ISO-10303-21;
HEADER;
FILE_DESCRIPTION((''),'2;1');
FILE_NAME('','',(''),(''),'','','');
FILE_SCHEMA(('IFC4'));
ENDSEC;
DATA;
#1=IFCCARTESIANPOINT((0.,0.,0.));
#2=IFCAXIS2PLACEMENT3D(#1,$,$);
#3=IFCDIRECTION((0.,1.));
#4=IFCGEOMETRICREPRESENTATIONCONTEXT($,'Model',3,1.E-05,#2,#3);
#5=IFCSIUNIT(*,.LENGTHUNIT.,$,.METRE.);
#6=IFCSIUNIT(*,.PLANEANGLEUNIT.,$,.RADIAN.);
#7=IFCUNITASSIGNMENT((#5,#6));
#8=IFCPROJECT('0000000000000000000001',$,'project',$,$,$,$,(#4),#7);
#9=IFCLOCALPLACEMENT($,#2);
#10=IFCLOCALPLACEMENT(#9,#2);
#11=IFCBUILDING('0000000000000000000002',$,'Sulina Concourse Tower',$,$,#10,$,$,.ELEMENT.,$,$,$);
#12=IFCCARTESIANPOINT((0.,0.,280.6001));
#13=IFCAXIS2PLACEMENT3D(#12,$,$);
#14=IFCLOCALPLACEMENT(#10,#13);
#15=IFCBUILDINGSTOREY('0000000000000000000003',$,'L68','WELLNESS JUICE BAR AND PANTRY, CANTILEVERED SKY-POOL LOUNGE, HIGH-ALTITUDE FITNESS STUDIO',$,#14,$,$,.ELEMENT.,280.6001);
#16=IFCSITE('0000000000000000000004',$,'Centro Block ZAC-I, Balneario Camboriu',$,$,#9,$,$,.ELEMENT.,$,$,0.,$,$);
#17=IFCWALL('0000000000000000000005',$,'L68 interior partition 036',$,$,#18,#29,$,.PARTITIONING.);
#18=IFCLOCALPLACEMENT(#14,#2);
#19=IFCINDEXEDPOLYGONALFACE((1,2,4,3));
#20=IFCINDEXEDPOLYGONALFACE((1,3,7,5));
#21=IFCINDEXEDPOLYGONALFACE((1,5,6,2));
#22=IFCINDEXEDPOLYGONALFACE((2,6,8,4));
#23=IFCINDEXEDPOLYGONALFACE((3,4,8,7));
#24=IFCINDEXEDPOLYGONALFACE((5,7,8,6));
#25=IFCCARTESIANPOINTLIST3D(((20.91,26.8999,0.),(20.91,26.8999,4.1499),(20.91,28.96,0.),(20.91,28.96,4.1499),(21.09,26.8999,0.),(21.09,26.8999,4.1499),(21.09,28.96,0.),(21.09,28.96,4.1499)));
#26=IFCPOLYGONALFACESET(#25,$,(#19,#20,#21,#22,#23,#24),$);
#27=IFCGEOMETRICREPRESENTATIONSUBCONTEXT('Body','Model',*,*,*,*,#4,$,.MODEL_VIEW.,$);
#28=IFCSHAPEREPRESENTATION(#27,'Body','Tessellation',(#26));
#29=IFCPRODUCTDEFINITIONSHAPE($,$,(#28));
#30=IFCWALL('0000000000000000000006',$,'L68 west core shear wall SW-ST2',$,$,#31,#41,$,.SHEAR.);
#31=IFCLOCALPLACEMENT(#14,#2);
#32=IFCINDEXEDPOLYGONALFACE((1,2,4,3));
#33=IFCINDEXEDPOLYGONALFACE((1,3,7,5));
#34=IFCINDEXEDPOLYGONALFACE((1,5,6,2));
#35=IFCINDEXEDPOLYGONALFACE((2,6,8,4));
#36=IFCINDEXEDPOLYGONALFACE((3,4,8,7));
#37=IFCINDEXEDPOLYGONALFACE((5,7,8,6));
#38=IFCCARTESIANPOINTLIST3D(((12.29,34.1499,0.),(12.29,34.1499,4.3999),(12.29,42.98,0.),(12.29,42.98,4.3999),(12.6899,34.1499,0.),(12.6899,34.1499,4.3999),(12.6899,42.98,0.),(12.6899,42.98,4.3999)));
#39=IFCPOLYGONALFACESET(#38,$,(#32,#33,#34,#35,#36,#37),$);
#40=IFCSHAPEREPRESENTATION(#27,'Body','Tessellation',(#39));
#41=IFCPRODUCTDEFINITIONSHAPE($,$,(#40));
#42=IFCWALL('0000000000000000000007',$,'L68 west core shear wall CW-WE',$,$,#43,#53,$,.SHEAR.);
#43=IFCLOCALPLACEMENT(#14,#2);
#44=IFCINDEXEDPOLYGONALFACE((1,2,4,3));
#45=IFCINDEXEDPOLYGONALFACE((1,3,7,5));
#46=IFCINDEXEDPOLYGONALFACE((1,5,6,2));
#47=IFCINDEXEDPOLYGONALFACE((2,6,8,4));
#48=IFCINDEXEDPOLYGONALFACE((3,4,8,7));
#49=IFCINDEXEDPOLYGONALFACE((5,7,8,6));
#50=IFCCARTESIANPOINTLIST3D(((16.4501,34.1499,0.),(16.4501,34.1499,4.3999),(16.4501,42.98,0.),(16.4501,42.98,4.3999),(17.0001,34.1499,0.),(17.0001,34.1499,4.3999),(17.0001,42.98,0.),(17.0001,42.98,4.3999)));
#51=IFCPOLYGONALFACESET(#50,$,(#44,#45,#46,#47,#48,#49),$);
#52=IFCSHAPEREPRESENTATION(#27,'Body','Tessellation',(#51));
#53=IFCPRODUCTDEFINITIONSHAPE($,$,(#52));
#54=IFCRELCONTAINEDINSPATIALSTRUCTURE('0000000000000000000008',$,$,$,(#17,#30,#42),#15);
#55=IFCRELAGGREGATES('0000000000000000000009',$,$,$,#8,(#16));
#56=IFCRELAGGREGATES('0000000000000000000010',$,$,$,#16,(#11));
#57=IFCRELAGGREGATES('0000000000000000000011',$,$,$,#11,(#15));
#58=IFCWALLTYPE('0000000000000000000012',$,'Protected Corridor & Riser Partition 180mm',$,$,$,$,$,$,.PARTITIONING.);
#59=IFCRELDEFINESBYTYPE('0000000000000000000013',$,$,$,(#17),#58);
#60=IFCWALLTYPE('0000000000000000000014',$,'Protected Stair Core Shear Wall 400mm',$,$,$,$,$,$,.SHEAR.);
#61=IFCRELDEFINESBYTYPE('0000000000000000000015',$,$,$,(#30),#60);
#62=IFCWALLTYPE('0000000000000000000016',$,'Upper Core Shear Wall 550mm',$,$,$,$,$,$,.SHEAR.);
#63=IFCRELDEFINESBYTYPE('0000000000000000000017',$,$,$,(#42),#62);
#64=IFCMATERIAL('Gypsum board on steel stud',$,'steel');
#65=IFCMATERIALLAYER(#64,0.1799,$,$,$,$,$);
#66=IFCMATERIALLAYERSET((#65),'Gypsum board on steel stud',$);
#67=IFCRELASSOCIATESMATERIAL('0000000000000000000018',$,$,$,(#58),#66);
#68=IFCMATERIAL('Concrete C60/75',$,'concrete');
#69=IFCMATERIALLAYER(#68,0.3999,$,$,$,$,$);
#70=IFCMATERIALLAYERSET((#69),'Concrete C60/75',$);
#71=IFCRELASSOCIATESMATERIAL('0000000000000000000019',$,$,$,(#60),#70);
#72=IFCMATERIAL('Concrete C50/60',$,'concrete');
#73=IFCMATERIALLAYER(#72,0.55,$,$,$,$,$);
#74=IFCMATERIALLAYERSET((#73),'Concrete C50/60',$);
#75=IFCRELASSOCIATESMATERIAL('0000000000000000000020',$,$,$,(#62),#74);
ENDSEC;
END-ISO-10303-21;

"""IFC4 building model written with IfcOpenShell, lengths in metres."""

from ifc_helpers import new_model, si_unit, direction, frame, frame_2d, origin, place, context, subcontext, project, spatial, rectangle, extrude, material, layer, layer_set, type_object, element, save


model = new_model("IFC4")

# Units and contexts
model_context = context("Model", 3, precision=1e-05, world=origin(), true_north=direction((0.0, 1.0)))
body_context = subcontext(model_context, "Body", "Model", "MODEL_VIEW")
ifc_project = project(units=[si_unit("LENGTHUNIT", "METRE"), si_unit("PLANEANGLEUNIT", "RADIAN")], contexts=[model_context])

# Site, building, storey
site_placement = place(None, origin())
site = spatial("IfcSite", under=ifc_project, at=site_placement, Name="Centro Block ZAC-I, Balneario Camboriu", CompositionType="ELEMENT", RefElevation=0.0)
building_placement = place(site_placement, origin())
building = spatial("IfcBuilding", under=site, at=building_placement, Name="Sulina Concourse Tower", CompositionType="ELEMENT")
storey_placement = place(building_placement, frame((0.0, 0.0, 280.6001)))
storey = spatial("IfcBuildingStorey", under=building, at=storey_placement, Name="L68", Description="WELLNESS JUICE BAR AND PANTRY, CANTILEVERED SKY-POOL LOUNGE, HIGH-ALTITUDE FITNESS STUDIO", CompositionType="ELEMENT", Elevation=280.6001)

# Shared definitions
ifc_material_1 = material(Name="Gypsum board on steel stud", Category="steel")
ifc_layer_1 = layer(ifc_material_1, 0.1799)
ifc_layer_set_1 = layer_set([ifc_layer_1], Name="Gypsum board on steel stud")
wall_type_1 = type_object("IfcWallType", Name="Protected Corridor & Riser Partition 180mm", PredefinedType="PARTITIONING", material=ifc_layer_set_1)

# Walls
wall_1_placement = place(storey_placement, frame((21.0, 26.8999, 0.0), z_axis=(0.0, 0.0, 1.0), x_axis=(0.0, 1.0, 0.0)))
element("IfcWall", 1, at=wall_1_placement, inside=storey, type_object=wall_type_1, Name="L68 interior partition 036", PredefinedType="PARTITIONING", context=body_context, shape_type="SweptSolid", body=[
    extrude(rectangle(XDim=2.0601, YDim=0.1799, at=frame_2d((1.03, 0.0))), origin(), (0.0, 0.0, 1.0), 4.1499),
])
ifc_material_2 = material(Name="Concrete C60/75", Category="concrete")
ifc_layer_2 = layer(ifc_material_2, 0.3999)
ifc_layer_set_2 = layer_set([ifc_layer_2], Name="Concrete C60/75")
wall_type_2 = type_object("IfcWallType", Name="Protected Stair Core Shear Wall 400mm", PredefinedType="SHEAR", material=ifc_layer_set_2)
wall_2_placement = place(storey_placement, frame((12.49, 34.1499, 0.0), z_axis=(0.0, 0.0, 1.0), x_axis=(0.0, 1.0, 0.0)))
element("IfcWall", 2, at=wall_2_placement, inside=storey, type_object=wall_type_2, Name="L68 west core shear wall SW-ST2", PredefinedType="SHEAR", context=body_context, shape_type="SweptSolid", body=[
    extrude(rectangle(XDim=8.8301, YDim=0.3999, at=frame_2d((4.415, 0.0))), origin(), (0.0, 0.0, 1.0), 4.3999),
])
ifc_material_3 = material(Name="Concrete C50/60", Category="concrete")
ifc_layer_3 = layer(ifc_material_3, 0.55)
ifc_layer_set_3 = layer_set([ifc_layer_3], Name="Concrete C50/60")
wall_type_3 = type_object("IfcWallType", Name="Upper Core Shear Wall 550mm", PredefinedType="SHEAR", material=ifc_layer_set_3)
wall_3_placement = place(storey_placement, frame((16.7251, 34.1499, 0.0), z_axis=(0.0, 0.0, 1.0), x_axis=(0.0, 1.0, 0.0)))
element("IfcWall", 3, at=wall_3_placement, inside=storey, type_object=wall_type_3, Name="L68 west core shear wall CW-WE", PredefinedType="SHEAR", context=body_context, shape_type="SweptSolid", body=[
    extrude(rectangle(XDim=8.8301, YDim=0.55, at=frame_2d((4.415, 0.0))), origin(), (0.0, 0.0, 1.0), 4.3999),
])

save(model, "model.ifc")
